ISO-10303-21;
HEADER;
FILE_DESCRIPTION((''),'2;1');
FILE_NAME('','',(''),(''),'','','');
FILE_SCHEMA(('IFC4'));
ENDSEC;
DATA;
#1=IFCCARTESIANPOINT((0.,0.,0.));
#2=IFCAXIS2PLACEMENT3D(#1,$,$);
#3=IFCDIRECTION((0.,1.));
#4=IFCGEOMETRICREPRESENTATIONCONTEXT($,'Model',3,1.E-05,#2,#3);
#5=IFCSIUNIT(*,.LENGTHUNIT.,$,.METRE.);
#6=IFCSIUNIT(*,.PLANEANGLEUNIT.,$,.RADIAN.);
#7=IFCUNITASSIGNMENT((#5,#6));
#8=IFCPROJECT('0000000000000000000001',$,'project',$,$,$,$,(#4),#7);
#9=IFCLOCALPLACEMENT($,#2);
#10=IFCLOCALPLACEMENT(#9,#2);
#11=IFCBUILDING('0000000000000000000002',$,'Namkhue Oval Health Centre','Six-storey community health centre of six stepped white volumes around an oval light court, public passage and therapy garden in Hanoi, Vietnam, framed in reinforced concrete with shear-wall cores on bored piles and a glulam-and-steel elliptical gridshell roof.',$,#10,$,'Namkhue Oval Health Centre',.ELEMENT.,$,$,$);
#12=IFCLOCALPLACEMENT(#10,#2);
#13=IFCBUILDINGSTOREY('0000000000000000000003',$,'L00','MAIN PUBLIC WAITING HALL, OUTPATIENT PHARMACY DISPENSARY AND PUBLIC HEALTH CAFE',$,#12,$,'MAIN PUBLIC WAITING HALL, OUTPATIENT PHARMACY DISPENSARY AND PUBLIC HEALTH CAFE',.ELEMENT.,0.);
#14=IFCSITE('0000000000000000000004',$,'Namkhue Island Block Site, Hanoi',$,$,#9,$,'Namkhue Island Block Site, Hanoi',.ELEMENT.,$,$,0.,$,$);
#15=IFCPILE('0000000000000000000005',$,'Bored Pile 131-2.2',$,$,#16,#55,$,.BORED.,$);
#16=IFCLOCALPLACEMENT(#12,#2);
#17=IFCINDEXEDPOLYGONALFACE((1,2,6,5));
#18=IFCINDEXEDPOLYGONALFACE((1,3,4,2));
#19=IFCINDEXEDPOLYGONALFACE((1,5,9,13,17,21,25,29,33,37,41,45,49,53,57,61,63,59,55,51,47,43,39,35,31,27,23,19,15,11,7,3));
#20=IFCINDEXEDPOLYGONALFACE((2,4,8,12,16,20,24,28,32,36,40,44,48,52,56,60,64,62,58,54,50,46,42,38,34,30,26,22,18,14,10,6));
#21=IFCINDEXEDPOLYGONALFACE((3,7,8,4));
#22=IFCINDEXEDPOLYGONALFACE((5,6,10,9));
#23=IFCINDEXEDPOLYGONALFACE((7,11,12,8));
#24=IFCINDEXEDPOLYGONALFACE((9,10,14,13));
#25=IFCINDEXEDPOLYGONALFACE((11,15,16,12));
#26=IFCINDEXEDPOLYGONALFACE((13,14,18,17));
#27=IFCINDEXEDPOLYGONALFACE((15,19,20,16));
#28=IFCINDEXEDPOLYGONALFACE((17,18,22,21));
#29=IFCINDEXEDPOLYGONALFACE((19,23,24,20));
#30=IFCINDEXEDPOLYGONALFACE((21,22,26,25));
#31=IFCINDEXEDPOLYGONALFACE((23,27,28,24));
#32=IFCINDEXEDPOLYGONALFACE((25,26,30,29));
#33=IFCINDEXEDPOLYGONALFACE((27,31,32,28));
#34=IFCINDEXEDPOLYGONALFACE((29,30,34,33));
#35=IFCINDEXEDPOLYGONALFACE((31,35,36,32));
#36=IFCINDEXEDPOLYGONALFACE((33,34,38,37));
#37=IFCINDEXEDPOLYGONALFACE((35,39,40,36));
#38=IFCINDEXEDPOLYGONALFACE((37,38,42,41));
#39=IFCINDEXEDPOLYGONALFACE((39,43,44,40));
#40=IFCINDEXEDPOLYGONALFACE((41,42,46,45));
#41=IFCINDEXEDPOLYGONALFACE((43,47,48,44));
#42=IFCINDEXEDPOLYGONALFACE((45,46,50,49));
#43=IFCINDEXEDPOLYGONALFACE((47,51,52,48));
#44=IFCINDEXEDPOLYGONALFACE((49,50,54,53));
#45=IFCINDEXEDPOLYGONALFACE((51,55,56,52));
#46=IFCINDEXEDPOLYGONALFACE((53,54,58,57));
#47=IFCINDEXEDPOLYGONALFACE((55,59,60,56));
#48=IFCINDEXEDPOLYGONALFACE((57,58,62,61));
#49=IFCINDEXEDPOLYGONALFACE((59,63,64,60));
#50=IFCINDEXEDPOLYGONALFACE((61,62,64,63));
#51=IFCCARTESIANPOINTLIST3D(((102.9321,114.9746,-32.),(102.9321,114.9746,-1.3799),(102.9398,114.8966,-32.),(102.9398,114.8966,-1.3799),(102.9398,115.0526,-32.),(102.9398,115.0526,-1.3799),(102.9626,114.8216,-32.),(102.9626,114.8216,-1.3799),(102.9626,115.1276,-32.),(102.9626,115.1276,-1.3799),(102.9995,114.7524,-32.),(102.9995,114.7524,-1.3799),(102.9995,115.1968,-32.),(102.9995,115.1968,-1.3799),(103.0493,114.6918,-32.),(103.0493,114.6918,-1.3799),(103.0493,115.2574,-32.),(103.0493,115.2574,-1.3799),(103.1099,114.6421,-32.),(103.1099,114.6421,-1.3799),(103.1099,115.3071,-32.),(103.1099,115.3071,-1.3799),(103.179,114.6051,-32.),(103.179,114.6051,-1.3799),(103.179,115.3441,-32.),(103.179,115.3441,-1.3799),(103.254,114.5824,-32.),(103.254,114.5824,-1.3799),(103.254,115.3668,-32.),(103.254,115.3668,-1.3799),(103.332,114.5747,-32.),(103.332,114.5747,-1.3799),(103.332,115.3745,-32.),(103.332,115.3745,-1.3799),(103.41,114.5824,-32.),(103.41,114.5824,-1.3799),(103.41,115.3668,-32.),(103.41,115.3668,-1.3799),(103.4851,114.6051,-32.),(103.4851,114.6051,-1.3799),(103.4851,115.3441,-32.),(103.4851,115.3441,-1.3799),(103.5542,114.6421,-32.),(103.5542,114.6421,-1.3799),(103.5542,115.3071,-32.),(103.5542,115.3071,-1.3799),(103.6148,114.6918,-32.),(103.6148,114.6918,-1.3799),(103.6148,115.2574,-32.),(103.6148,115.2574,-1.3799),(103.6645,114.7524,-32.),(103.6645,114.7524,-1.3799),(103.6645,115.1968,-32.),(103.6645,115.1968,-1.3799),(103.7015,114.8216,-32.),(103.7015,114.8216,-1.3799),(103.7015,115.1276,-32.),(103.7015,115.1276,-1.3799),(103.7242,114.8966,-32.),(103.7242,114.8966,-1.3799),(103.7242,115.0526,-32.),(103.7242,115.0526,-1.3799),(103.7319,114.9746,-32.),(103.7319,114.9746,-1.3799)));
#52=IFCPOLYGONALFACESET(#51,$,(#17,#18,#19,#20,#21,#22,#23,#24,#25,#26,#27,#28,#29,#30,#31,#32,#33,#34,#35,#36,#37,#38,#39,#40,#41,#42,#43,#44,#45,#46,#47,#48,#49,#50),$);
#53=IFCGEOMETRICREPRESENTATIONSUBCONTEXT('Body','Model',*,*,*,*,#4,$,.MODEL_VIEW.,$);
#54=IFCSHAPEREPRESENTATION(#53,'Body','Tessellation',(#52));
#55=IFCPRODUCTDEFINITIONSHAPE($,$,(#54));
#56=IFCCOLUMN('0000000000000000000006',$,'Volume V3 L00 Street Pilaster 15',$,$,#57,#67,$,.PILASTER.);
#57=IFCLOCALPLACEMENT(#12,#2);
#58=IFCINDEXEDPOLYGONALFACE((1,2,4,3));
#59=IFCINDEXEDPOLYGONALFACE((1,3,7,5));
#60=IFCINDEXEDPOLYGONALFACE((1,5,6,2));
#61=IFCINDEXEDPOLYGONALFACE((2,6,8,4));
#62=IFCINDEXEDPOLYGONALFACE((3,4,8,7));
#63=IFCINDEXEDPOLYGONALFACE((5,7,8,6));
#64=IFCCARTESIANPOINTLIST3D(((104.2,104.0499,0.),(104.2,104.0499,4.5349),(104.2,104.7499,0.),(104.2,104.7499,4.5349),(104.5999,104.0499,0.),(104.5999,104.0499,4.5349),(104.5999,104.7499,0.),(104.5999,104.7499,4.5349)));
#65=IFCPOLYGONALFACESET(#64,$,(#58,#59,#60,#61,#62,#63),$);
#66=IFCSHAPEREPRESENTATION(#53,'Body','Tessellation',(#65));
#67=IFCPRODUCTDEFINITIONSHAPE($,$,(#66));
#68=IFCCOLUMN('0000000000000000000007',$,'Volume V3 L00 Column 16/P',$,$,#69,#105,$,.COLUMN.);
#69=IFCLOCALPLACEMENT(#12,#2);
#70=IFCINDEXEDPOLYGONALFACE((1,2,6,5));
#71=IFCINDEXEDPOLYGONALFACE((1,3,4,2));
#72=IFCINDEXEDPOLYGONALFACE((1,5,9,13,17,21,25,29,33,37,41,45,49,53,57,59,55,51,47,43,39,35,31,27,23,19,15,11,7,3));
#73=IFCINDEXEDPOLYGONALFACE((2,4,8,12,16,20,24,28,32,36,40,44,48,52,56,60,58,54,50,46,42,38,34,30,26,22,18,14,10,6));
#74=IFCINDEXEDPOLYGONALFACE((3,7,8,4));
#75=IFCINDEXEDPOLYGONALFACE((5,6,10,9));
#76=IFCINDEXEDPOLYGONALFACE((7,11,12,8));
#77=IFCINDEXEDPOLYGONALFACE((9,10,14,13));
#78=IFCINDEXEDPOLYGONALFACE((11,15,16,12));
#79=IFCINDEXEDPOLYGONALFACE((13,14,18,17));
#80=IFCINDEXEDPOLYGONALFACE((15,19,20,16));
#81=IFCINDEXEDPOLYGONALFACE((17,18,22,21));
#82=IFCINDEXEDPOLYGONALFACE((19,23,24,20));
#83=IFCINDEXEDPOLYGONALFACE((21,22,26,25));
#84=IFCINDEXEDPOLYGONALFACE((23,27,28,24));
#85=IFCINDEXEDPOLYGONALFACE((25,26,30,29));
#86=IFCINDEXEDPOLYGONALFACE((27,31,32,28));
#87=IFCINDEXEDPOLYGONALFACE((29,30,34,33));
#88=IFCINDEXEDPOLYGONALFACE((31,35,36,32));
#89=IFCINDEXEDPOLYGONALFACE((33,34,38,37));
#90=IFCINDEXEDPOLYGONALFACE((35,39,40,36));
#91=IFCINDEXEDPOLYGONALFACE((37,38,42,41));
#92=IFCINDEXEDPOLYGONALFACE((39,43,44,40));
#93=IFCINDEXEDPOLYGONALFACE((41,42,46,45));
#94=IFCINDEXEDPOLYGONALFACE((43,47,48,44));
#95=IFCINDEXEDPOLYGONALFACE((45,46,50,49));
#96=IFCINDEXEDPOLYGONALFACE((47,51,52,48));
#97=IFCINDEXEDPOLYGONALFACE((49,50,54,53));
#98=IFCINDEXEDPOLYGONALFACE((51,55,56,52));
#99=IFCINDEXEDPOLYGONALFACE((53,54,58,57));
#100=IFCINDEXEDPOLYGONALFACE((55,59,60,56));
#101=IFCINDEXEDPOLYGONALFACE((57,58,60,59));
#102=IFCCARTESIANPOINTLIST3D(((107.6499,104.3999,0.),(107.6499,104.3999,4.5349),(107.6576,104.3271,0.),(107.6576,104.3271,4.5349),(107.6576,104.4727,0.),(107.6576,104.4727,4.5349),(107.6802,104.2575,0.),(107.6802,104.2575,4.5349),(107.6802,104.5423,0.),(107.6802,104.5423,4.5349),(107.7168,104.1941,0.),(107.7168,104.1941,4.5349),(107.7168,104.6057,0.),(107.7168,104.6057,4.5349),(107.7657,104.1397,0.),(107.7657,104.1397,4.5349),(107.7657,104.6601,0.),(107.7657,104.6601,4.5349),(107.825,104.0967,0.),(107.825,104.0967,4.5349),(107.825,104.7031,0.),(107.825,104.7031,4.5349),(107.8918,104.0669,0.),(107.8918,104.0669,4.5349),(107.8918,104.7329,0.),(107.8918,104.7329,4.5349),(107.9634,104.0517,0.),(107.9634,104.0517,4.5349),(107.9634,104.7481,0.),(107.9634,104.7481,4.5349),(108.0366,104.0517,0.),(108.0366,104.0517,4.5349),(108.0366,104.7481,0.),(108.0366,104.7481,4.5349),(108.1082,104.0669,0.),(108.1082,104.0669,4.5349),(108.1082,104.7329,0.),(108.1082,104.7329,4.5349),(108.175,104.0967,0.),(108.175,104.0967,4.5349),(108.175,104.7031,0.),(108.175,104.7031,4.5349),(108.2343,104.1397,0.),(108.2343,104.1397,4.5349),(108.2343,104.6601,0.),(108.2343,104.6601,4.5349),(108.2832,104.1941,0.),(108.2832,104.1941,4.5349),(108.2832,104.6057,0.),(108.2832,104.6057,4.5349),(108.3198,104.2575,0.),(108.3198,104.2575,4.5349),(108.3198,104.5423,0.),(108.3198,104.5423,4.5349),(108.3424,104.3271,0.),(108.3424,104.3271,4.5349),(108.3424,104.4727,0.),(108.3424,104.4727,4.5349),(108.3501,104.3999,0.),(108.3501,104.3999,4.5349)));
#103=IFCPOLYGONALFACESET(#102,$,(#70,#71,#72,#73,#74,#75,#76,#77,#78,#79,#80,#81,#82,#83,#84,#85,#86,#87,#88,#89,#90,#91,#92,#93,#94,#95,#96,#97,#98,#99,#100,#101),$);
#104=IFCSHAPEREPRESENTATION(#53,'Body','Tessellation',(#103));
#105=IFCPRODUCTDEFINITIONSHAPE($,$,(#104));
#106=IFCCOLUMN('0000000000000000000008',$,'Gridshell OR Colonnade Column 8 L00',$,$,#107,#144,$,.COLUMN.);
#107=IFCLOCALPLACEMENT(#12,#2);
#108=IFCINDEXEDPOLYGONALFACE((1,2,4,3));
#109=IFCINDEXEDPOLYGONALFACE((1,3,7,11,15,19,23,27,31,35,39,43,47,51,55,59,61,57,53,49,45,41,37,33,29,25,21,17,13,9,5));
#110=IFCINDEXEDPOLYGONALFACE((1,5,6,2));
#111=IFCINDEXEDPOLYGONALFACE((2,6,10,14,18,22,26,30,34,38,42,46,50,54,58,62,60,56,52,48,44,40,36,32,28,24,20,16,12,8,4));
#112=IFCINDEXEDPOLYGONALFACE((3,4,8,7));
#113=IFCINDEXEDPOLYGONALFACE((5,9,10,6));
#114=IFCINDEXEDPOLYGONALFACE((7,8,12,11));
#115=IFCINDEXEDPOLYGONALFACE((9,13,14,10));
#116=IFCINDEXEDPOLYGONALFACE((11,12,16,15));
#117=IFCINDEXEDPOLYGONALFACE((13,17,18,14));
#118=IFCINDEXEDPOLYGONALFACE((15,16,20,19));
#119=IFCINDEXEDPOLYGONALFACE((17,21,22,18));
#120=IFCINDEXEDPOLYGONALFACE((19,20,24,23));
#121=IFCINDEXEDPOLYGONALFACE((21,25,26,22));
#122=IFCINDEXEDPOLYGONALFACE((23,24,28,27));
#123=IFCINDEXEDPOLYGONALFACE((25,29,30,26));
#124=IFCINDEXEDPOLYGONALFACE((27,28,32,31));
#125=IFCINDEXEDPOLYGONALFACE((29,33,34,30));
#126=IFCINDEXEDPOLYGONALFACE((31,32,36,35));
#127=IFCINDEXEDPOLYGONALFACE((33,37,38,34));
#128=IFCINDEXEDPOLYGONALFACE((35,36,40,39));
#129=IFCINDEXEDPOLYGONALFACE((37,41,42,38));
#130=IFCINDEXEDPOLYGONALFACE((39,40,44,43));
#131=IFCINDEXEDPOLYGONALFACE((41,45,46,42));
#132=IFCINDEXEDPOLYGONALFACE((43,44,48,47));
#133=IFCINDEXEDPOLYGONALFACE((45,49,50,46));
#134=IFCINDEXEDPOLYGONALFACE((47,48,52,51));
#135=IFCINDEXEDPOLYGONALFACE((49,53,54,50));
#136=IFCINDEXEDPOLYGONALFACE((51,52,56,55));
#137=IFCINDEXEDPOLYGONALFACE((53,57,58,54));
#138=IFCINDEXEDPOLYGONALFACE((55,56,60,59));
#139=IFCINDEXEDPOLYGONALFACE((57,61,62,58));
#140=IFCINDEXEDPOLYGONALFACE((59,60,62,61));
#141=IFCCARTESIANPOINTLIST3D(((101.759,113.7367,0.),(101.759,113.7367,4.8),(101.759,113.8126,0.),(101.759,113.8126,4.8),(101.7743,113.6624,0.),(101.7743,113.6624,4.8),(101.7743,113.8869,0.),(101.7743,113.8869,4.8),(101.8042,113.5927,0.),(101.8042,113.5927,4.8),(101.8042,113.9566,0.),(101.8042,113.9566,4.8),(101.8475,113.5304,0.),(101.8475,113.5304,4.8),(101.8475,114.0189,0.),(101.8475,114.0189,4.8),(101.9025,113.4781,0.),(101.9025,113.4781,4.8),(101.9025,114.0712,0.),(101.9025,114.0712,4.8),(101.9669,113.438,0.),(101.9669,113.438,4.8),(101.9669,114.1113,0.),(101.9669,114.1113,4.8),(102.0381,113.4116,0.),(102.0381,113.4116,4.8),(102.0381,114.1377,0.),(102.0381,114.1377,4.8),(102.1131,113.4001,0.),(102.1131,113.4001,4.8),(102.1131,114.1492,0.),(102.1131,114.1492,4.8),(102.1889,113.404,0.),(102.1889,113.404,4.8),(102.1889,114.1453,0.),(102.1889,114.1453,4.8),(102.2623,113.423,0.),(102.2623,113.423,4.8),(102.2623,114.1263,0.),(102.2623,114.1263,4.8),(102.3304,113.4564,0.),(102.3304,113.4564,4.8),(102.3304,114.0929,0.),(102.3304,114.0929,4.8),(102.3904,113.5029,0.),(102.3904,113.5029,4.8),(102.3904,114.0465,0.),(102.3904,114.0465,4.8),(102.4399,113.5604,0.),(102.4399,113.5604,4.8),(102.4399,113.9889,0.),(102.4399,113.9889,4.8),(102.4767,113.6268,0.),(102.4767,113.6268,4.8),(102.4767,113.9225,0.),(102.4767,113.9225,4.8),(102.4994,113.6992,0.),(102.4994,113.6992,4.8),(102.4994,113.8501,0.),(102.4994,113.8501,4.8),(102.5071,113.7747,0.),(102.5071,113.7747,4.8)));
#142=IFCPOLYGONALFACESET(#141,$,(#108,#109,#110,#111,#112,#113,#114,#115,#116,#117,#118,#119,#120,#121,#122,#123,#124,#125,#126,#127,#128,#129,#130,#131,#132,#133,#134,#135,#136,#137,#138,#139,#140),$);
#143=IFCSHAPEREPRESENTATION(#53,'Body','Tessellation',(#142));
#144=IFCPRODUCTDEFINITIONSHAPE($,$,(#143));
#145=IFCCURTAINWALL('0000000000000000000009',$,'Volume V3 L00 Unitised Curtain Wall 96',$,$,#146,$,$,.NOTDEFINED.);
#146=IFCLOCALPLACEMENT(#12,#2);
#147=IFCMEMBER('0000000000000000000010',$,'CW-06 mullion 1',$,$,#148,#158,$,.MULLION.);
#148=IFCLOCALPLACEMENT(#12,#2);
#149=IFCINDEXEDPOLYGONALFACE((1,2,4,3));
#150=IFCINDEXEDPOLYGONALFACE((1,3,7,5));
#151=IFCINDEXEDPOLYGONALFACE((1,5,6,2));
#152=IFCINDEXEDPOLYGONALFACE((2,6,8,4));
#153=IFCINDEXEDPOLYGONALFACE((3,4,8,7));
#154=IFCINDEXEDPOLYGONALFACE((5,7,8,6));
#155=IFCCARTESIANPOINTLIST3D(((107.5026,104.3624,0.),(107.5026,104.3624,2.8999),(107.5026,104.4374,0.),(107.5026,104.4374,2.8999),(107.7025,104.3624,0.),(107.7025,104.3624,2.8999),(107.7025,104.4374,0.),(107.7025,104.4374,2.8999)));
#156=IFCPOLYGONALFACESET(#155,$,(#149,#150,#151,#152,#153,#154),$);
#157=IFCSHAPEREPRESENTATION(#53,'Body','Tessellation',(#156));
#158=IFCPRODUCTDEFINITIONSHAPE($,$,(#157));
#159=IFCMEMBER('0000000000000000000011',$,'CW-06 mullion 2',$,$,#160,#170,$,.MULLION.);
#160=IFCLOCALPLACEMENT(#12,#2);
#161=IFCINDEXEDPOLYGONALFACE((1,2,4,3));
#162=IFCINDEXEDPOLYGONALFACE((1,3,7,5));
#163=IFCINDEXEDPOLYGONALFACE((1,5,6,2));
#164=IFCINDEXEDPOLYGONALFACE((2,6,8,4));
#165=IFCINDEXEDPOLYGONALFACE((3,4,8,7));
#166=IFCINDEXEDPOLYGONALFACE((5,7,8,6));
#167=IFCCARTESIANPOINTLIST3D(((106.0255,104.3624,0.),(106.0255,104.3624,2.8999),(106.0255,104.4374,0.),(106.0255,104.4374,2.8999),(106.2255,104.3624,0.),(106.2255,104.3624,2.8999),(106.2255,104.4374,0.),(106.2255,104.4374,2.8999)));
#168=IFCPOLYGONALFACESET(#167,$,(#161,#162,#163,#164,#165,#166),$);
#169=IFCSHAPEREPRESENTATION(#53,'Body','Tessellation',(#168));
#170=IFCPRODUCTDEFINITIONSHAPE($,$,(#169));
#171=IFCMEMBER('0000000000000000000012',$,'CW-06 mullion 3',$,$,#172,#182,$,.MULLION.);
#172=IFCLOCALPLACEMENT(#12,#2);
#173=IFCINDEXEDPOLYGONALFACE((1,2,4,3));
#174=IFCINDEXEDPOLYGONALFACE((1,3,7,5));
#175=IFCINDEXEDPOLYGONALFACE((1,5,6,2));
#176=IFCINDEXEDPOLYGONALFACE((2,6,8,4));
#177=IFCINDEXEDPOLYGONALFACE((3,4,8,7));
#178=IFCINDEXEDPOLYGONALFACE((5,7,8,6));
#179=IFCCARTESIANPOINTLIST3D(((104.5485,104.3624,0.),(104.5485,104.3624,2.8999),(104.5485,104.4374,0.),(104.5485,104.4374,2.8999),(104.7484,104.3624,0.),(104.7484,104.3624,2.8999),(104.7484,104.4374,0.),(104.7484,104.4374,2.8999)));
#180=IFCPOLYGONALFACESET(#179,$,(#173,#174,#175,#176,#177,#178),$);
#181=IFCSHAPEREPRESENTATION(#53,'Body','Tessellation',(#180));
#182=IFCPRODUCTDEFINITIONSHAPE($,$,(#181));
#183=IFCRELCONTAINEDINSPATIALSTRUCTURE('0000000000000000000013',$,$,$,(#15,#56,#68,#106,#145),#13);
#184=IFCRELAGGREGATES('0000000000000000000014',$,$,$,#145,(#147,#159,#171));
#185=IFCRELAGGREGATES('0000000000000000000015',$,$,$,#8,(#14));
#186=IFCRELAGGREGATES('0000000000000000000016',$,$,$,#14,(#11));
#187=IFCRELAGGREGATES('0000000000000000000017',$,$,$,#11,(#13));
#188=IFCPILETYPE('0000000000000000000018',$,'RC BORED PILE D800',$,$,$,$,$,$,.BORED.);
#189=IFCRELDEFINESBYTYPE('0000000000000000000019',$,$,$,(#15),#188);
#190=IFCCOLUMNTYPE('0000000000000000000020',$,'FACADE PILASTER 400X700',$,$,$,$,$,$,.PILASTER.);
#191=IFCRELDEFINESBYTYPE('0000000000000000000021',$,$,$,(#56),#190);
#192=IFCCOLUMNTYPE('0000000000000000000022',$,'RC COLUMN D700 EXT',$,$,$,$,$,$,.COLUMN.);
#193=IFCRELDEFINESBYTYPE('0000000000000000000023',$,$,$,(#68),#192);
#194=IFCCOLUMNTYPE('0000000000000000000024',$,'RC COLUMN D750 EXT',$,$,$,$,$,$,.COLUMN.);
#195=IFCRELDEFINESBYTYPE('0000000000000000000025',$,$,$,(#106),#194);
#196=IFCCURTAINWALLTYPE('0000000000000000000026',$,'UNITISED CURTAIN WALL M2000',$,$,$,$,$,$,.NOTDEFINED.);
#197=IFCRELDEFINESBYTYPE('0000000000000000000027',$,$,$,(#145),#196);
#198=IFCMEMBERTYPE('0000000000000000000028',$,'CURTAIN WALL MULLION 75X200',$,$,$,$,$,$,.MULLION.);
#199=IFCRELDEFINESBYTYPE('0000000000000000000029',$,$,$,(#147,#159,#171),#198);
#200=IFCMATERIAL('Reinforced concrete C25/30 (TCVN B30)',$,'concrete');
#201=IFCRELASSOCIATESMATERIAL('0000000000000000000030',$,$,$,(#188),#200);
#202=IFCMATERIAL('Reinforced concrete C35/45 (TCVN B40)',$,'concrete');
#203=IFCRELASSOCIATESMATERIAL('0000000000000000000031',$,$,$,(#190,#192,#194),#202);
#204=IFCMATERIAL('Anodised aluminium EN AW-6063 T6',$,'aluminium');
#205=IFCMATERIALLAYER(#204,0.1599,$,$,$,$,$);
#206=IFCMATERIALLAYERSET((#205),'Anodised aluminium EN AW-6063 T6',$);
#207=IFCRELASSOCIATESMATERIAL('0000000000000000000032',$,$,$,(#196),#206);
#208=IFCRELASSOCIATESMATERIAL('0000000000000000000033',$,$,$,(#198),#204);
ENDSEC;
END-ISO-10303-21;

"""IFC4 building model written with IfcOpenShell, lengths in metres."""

from ifc_helpers import new_model, si_unit, direction, frame, origin, origin_2d, place, context, subcontext, project, spatial, rectangle, circle, extrude, material, layer, layer_set, material_profile, profile_set, type_object, element, aggregate, save


model = new_model("IFC4")

# Units and contexts
model_context = context("Model", 3, precision=1e-05, world=origin(), true_north=direction((0.0, 1.0)))
body_context = subcontext(model_context, "Body", "Model", "MODEL_VIEW")
ifc_project = project(units=[si_unit("LENGTHUNIT", "METRE"), si_unit("PLANEANGLEUNIT", "RADIAN")], contexts=[model_context])

# Site, building, storey
site_placement = place(None, origin())
site = spatial("IfcSite", under=ifc_project, at=site_placement, Name="Namkhue Island Block Site, Hanoi", LongName="Namkhue Island Block Site, Hanoi", CompositionType="ELEMENT", RefElevation=0.0)
building_placement = place(site_placement, origin())
building = spatial("IfcBuilding", under=site, at=building_placement, Name="Namkhue Oval Health Centre", Description="Six-storey community health centre of six stepped white volumes around an oval light court, public passage and therapy garden in Hanoi, Vietnam, framed in reinforced concrete with shear-wall cores on bored piles and a glulam-and-steel elliptical gridshell roof.", LongName="Namkhue Oval Health Centre", CompositionType="ELEMENT")
storey_placement = place(building_placement, origin())
storey = spatial("IfcBuildingStorey", under=building, at=storey_placement, Name="L00", Description="MAIN PUBLIC WAITING HALL, OUTPATIENT PHARMACY DISPENSARY AND PUBLIC HEALTH CAFE", LongName="MAIN PUBLIC WAITING HALL, OUTPATIENT PHARMACY DISPENSARY AND PUBLIC HEALTH CAFE", CompositionType="ELEMENT", Elevation=0.0)

# Pile
ifc_material_1 = material(Name="Reinforced concrete C25/30 (TCVN B30)", Category="concrete")
ifc_material_profile_1 = material_profile(ifc_material_1, circle(Radius=0.3999, at=origin_2d()), Name="BORED PILE D800")
ifc_profile_set_1 = profile_set([ifc_material_profile_1], Name="Reinforced concrete C25/30 (TCVN B30)")
pile_type = type_object("IfcPileType", Name="RC BORED PILE D800", PredefinedType="BORED", material=ifc_profile_set_1)
for number, where, z_axis, x_axis, name in (
    (1, (103.332, 114.9746, -1.3799), (0.0, 0.0, -1.0), (1.0, 0.0, 0.0), "Bored Pile 131-2.2"),
):
    element("IfcPile", number, at=place(storey_placement, frame(where, z_axis=z_axis, x_axis=x_axis)), inside=storey, type_object=pile_type, Name=name, PredefinedType="BORED", context=body_context, shape_type="SweptSolid", body=[
        extrude(circle(Radius=0.3999, at=origin_2d()), origin(), (0.0, 0.0, 1.0), 30.6201),
    ])

# Columns
ifc_material_2 = material(Name="Reinforced concrete C35/45 (TCVN B40)", Category="concrete")
ifc_material_profile_2 = material_profile(ifc_material_2, rectangle(XDim=0.3999, YDim=0.7, at=origin_2d()), Name="RC 400x700")
ifc_profile_set_2 = profile_set([ifc_material_profile_2], Name="Reinforced concrete C35/45 (TCVN B40)")
column_type_1 = type_object("IfcColumnType", Name="FACADE PILASTER 400X700", PredefinedType="PILASTER", material=ifc_profile_set_2)
column_1_placement = place(storey_placement, frame((104.3999, 104.3999, 0.0), z_axis=(0.0, 0.0, 1.0), x_axis=(1.0, 0.0, 0.0)))
element("IfcColumn", 2, at=column_1_placement, inside=storey, type_object=column_type_1, Name="Volume V3 L00 Street Pilaster 15", PredefinedType="PILASTER", context=body_context, shape_type="SweptSolid", body=[
    extrude(rectangle(XDim=0.3999, YDim=0.7, at=origin_2d()), origin(), (0.0, 0.0, 1.0), 4.5349),
])
ifc_material_profile_3 = material_profile(ifc_material_2, circle(Radius=0.3501, at=origin_2d()), Name="RC D700")
ifc_profile_set_3 = profile_set([ifc_material_profile_3], Name="Reinforced concrete C35/45 (TCVN B40)")
column_type_2 = type_object("IfcColumnType", Name="RC COLUMN D700 EXT", PredefinedType="COLUMN", material=ifc_profile_set_3)
column_2_placement = place(storey_placement, frame((108.0, 104.3999, 0.0), z_axis=(0.0, 0.0, 1.0), x_axis=(1.0, 0.0, 0.0)))
element("IfcColumn", 3, at=column_2_placement, inside=storey, type_object=column_type_2, Name="Volume V3 L00 Column 16/P", PredefinedType="COLUMN", context=body_context, shape_type="SweptSolid", body=[
    extrude(circle(Radius=0.3501, at=origin_2d()), origin(), (0.0, 0.0, 1.0), 4.5349),
])
ifc_material_profile_4 = material_profile(ifc_material_2, circle(Radius=0.375, at=origin_2d()), Name="RC D750")
ifc_profile_set_4 = profile_set([ifc_material_profile_4], Name="Reinforced concrete C35/45 (TCVN B40)")
column_type_3 = type_object("IfcColumnType", Name="RC COLUMN D750 EXT", PredefinedType="COLUMN", material=ifc_profile_set_4)
column_3_placement = place(storey_placement, frame((102.1321, 113.7747, 0.0), z_axis=(0.0, 0.0, 1.0), x_axis=(1.0, 0.0, 0.0)))
element("IfcColumn", 4, at=column_3_placement, inside=storey, type_object=column_type_3, Name="Gridshell OR Colonnade Column 8 L00", PredefinedType="COLUMN", context=body_context, shape_type="SweptSolid", body=[
    extrude(circle(Radius=0.375, at=origin_2d()), origin(), (0.0, 0.0, 1.0), 4.8),
])

# Curtain wall, members
ifc_material_3 = material(Name="Anodised aluminium EN AW-6063 T6", Category="aluminium")
ifc_layer_1 = layer(ifc_material_3, 0.1599)
ifc_layer_set_1 = layer_set([ifc_layer_1], Name="Anodised aluminium EN AW-6063 T6")
curtain_wall_type = type_object("IfcCurtainWallType", Name="UNITISED CURTAIN WALL M2000", PredefinedType="NOTDEFINED", material=ifc_layer_set_1)
curtain_wall_placement = place(storey_placement, origin())
curtain_wall = element("IfcCurtainWall", 5, at=curtain_wall_placement, inside=storey, type_object=curtain_wall_type, Name="Volume V3 L00 Unitised Curtain Wall 96", PredefinedType="NOTDEFINED")
ifc_material_profile_5 = material_profile(ifc_material_3, rectangle(XDim=0.075, YDim=0.2, at=origin_2d()), Name="ALU 75x200")
ifc_profile_set_5 = profile_set([ifc_material_profile_5], Name="Anodised aluminium EN AW-6063 T6")
member_type_1 = type_object("IfcMemberType", Name="CURTAIN WALL MULLION 75X200", PredefinedType="MULLION", material=ifc_profile_set_5)
member_1_placement = place(storey_placement, frame((107.6025, 104.3999, 0.0), z_axis=(0.0, 0.0, 1.0), x_axis=(0.0, -1.0, 0.0)))
member_1 = element("IfcMember", 6, at=member_1_placement, type_object=member_type_1, Name="CW-06 mullion 1", PredefinedType="MULLION", context=body_context, shape_type="SweptSolid", body=[
    extrude(rectangle(XDim=0.075, YDim=0.2, at=origin_2d()), origin(), (0.0, 0.0, 1.0), 2.8999),
])
member_2_placement = place(storey_placement, frame((106.1255, 104.3999, 0.0), z_axis=(0.0, 0.0, 1.0), x_axis=(0.0, -1.0, 0.0)))
member_2 = element("IfcMember", 7, at=member_2_placement, type_object=member_type_1, Name="CW-06 mullion 2", PredefinedType="MULLION", context=body_context, shape_type="SweptSolid", body=[
    extrude(rectangle(XDim=0.075, YDim=0.2, at=origin_2d()), origin(), (0.0, 0.0, 1.0), 2.8999),
])
member_3_placement = place(storey_placement, frame((104.6484, 104.3999, 0.0), z_axis=(0.0, 0.0, 1.0), x_axis=(0.0, -1.0, 0.0)))
member_3 = element("IfcMember", 8, at=member_3_placement, type_object=member_type_1, Name="CW-06 mullion 3", PredefinedType="MULLION", context=body_context, shape_type="SweptSolid", body=[
    extrude(rectangle(XDim=0.075, YDim=0.2, at=origin_2d()), origin(), (0.0, 0.0, 1.0), 2.8999),
])

aggregate(curtain_wall, [member_1, member_2, member_3])

save(model, "model.ifc")
